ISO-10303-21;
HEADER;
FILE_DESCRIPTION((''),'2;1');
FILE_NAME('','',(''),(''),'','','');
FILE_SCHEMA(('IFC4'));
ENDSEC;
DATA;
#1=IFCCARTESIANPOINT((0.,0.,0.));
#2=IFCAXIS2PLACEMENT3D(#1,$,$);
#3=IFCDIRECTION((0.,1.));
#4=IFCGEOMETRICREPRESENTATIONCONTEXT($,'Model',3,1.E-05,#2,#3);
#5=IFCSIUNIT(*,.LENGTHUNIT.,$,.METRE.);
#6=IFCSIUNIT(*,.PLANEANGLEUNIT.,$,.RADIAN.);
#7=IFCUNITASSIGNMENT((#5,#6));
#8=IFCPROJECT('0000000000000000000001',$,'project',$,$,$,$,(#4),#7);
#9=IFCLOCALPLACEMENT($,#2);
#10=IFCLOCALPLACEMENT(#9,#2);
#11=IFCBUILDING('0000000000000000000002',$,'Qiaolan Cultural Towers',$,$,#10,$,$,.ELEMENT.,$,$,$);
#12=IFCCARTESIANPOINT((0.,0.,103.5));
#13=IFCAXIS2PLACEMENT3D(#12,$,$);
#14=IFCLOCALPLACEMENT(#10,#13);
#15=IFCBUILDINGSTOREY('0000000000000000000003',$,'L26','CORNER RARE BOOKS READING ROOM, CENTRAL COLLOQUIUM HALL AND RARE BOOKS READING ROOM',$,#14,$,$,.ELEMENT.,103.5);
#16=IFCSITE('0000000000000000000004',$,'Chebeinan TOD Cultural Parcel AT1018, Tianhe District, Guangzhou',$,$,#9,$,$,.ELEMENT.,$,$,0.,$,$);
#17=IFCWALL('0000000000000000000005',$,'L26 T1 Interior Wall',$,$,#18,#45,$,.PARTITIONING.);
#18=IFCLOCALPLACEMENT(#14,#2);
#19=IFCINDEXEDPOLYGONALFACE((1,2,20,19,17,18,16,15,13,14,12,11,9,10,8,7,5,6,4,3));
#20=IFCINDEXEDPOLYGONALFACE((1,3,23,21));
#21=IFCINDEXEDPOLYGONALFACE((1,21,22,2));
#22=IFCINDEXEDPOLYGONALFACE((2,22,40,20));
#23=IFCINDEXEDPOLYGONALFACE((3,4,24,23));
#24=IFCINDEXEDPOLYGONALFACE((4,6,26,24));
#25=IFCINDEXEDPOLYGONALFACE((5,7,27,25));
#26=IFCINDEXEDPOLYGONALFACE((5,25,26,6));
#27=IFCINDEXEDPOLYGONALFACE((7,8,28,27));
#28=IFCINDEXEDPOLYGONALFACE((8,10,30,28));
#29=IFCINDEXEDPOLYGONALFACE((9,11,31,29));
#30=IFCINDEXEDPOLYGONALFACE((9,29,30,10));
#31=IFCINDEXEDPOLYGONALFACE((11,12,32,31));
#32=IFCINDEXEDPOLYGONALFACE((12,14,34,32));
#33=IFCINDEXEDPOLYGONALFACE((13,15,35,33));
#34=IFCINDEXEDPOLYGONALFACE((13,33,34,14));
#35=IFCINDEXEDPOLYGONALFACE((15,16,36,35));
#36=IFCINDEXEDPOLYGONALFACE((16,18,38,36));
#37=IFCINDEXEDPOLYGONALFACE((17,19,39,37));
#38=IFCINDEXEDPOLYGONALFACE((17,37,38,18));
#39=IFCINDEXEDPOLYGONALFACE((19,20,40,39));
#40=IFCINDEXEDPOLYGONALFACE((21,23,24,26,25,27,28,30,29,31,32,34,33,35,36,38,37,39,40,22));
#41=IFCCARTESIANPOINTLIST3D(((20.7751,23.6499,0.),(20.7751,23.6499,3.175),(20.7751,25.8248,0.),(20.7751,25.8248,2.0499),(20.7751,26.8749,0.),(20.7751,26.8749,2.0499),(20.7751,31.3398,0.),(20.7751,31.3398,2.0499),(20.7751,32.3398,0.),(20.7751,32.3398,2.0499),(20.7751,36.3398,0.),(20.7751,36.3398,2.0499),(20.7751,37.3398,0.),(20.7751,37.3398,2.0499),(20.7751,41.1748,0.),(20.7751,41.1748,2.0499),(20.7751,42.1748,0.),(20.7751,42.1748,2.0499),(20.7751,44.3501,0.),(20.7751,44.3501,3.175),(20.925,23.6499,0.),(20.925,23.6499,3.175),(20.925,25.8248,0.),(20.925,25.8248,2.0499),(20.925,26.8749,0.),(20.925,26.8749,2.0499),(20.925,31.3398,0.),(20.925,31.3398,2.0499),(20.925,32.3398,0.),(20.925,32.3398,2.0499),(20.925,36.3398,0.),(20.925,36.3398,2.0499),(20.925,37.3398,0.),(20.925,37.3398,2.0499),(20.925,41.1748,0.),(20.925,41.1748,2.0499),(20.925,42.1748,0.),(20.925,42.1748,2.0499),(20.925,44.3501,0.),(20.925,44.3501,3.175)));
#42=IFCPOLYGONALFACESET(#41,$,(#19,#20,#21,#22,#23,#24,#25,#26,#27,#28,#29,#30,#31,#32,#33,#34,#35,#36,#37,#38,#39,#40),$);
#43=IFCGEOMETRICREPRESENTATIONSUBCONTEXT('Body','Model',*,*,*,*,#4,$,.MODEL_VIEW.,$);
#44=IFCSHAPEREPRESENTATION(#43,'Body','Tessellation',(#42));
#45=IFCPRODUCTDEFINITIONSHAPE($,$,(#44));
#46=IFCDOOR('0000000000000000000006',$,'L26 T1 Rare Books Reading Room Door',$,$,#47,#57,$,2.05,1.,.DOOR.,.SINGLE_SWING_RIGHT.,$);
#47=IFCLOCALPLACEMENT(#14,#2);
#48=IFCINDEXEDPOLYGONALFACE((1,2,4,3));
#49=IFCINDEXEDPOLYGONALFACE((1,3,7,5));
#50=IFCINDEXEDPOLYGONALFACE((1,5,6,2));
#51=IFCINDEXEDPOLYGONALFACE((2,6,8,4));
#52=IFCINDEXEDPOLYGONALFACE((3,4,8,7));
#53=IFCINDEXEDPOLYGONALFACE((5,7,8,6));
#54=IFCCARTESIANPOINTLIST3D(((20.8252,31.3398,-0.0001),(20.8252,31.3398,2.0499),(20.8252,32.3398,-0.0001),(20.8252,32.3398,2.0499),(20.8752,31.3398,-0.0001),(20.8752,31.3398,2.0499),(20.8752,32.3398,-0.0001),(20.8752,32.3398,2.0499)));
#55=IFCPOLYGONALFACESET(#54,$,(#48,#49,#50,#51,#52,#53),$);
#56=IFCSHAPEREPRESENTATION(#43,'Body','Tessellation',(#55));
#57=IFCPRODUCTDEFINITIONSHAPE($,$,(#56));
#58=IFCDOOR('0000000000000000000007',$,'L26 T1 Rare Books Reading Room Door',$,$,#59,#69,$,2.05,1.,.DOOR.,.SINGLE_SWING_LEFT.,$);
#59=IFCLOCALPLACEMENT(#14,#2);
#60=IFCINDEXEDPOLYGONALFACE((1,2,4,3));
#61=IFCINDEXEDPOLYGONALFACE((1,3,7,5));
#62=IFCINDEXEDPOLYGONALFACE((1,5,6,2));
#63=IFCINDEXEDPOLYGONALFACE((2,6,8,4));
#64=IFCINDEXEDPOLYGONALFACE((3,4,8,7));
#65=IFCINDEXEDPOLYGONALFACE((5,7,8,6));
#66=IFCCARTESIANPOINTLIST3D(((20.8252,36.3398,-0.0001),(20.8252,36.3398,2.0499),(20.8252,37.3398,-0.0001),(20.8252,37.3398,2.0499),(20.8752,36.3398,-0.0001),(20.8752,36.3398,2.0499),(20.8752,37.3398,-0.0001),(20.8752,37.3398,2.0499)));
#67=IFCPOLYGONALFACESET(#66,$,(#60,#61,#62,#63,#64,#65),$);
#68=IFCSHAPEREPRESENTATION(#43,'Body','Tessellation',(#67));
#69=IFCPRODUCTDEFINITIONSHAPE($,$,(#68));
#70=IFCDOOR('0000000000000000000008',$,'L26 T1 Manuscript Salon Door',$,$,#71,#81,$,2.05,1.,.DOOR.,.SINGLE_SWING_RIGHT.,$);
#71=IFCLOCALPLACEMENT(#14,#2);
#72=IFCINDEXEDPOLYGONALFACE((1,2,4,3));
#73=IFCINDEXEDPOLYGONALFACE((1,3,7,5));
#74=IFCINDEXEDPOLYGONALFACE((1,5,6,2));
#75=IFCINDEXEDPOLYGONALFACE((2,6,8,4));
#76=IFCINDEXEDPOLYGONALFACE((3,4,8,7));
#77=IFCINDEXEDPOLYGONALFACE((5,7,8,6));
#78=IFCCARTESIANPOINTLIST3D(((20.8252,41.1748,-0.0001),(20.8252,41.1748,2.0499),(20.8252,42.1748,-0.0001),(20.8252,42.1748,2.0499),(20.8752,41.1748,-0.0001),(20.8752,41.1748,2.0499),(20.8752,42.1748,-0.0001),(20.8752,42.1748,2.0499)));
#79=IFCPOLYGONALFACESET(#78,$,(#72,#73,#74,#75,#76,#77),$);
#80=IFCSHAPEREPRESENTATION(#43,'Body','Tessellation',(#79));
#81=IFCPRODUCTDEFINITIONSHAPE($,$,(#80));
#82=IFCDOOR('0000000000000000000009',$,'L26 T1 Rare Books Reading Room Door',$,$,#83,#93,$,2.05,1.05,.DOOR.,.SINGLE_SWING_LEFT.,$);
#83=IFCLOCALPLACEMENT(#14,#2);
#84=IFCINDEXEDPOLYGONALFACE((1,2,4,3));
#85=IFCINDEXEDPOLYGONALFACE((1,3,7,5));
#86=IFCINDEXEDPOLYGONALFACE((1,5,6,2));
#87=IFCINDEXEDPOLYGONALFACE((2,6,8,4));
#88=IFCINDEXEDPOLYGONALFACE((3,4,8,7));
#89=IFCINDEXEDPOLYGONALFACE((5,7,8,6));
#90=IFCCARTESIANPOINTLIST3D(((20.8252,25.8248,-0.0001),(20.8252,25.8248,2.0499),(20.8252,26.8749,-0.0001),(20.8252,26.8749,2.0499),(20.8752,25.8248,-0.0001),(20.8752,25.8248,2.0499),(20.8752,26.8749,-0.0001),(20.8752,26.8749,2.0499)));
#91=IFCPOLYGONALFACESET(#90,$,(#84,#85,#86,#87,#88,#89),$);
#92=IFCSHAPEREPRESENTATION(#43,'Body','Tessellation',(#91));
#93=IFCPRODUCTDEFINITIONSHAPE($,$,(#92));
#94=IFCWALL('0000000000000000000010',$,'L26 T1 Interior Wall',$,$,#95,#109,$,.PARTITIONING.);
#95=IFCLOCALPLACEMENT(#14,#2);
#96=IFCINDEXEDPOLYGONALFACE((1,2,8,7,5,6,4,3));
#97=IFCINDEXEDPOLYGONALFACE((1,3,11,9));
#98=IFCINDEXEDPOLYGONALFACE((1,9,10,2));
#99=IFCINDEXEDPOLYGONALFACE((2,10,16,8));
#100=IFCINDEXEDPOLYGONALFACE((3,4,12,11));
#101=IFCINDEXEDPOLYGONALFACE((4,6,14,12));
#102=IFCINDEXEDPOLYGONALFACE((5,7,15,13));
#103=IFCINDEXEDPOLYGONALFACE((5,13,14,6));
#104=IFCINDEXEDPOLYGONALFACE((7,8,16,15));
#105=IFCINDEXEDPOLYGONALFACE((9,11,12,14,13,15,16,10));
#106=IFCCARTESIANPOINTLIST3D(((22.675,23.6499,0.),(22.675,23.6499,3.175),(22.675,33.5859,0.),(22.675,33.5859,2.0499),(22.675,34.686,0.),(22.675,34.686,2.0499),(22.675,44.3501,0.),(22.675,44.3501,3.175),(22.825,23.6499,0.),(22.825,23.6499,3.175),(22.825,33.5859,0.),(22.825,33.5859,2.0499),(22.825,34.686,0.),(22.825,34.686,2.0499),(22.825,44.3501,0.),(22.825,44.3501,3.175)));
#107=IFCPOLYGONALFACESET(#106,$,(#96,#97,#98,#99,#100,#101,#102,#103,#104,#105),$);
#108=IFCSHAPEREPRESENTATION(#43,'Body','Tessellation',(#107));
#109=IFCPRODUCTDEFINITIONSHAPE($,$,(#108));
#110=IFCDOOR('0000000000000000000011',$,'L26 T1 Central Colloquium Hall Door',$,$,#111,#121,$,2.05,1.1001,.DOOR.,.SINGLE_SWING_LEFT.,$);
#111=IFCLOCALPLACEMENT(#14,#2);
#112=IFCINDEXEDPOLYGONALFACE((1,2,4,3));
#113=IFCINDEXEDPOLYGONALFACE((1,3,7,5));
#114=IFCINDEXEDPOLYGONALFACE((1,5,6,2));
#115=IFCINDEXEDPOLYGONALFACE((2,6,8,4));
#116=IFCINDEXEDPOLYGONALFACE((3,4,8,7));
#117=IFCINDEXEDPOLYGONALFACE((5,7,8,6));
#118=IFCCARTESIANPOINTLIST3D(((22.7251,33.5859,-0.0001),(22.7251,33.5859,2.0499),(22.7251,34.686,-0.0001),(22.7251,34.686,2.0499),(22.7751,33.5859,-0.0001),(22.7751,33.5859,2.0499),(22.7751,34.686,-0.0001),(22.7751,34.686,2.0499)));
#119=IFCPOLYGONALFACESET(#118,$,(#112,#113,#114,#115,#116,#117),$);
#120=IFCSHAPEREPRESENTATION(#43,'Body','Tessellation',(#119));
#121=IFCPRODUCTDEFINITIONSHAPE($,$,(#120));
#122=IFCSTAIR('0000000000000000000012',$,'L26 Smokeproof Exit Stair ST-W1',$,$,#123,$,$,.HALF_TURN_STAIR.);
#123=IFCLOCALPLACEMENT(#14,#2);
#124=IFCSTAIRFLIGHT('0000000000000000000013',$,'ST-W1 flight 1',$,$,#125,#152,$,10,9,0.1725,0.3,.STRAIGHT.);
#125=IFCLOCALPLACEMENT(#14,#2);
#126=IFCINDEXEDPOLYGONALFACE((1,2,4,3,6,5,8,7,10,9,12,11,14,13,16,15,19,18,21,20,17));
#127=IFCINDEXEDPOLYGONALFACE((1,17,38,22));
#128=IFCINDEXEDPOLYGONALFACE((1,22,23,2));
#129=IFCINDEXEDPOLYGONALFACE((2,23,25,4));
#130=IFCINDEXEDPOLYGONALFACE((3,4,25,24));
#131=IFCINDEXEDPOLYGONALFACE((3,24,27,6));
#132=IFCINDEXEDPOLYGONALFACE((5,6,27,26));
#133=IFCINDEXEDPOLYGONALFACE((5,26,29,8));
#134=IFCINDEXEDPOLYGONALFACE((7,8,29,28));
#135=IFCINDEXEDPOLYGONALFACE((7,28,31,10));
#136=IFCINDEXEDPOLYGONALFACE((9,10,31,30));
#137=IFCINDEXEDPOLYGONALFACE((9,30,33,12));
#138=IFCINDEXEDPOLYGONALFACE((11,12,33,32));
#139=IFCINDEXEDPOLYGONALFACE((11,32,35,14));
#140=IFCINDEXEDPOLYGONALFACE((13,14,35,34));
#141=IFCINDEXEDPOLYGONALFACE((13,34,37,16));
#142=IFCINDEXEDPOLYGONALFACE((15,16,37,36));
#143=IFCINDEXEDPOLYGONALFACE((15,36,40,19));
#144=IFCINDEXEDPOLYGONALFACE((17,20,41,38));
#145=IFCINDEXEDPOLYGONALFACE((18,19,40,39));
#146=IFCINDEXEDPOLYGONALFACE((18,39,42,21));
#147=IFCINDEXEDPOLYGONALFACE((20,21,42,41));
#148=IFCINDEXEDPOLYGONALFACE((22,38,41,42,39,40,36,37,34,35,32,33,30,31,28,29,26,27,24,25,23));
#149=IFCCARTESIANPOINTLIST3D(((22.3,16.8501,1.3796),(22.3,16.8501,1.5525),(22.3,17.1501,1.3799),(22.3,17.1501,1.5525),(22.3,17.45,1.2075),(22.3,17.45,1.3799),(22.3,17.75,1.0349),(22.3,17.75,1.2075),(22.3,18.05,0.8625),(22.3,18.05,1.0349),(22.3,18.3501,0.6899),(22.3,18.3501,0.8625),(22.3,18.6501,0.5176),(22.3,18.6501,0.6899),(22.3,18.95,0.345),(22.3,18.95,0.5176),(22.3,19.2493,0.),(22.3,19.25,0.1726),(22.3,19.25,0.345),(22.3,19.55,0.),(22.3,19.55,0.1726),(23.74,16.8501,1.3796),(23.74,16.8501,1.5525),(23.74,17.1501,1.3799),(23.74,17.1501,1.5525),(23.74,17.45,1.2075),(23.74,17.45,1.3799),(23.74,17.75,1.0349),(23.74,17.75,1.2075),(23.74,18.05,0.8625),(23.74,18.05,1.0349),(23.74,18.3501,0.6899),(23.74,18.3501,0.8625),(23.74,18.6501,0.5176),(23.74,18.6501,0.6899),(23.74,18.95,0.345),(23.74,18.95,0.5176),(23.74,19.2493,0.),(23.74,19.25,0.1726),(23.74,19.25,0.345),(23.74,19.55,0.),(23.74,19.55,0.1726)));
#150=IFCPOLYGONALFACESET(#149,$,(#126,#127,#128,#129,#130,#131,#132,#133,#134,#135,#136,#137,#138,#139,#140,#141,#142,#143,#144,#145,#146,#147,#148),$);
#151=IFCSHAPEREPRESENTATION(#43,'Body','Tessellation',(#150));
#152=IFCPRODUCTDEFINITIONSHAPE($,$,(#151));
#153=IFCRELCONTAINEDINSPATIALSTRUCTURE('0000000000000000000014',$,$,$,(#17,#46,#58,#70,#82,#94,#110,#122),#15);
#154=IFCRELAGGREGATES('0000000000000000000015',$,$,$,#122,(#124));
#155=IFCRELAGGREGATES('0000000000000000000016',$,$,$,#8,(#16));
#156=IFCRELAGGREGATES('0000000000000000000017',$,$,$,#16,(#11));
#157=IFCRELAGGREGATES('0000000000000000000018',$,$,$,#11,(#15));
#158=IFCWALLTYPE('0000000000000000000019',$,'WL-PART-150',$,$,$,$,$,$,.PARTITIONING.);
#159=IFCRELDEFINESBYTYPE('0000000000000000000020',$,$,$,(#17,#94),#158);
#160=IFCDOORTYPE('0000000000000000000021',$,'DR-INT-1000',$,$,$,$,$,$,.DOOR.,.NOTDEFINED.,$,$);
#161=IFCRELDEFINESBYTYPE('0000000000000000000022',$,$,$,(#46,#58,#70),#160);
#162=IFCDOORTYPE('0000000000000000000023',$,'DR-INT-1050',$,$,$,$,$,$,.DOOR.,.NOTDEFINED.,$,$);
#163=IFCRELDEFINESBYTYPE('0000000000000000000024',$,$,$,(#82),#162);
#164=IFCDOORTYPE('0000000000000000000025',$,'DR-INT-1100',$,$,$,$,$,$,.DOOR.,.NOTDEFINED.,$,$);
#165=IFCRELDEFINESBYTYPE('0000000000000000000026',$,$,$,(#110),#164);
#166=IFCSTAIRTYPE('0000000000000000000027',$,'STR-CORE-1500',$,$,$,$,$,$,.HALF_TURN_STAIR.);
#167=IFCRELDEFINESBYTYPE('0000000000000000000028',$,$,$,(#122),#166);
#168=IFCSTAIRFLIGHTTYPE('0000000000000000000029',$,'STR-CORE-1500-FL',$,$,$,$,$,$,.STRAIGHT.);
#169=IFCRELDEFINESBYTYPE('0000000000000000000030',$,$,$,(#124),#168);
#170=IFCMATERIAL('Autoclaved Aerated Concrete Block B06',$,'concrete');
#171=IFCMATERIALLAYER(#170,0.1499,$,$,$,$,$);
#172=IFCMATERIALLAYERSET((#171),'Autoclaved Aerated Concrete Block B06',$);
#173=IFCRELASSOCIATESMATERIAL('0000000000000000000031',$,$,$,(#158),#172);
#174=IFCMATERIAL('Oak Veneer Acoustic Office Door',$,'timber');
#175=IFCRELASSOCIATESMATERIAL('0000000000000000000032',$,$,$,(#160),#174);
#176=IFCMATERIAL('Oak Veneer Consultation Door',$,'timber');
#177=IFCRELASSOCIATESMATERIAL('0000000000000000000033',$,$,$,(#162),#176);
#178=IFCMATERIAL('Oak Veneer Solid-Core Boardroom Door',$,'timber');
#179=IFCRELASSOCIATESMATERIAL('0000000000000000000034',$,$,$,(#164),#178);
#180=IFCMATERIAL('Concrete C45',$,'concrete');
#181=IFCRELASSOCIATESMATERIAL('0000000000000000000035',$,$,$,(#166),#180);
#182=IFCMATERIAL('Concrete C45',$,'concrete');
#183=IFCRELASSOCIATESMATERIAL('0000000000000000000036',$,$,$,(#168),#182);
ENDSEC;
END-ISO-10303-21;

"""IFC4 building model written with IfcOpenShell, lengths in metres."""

from ifc_helpers import new_model, si_unit, direction, frame, frame_2d, origin, place, context, subcontext, project, spatial, polyline, rectangle, outline, extrude, material, layer, layer_set, type_object, element, fill, aggregate, save


model = new_model("IFC4")

# Units and contexts
model_context = context("Model", 3, precision=1e-05, world=origin(), true_north=direction((0.0, 1.0)))
body_context = subcontext(model_context, "Body", "Model", "MODEL_VIEW")
ifc_project = project(units=[si_unit("LENGTHUNIT", "METRE"), si_unit("PLANEANGLEUNIT", "RADIAN")], contexts=[model_context])

# Site, building, storey
site_placement = place(None, origin())
site = spatial("IfcSite", under=ifc_project, at=site_placement, Name="Chebeinan TOD Cultural Parcel AT1018, Tianhe District, Guangzhou", CompositionType="ELEMENT", RefElevation=0.0)
building_placement = place(site_placement, origin())
building = spatial("IfcBuilding", under=site, at=building_placement, Name="Qiaolan Cultural Towers", CompositionType="ELEMENT")
storey_placement = place(building_placement, frame((0.0, 0.0, 103.5)))
storey = spatial("IfcBuildingStorey", under=building, at=storey_placement, Name="L26", Description="CORNER RARE BOOKS READING ROOM, CENTRAL COLLOQUIUM HALL AND RARE BOOKS READING ROOM", CompositionType="ELEMENT", Elevation=103.5)

# Shared definitions
ifc_material_1 = material(Name="Autoclaved Aerated Concrete Block B06", Category="concrete")
ifc_layer_1 = layer(ifc_material_1, 0.1499)
ifc_layer_set_1 = layer_set([ifc_layer_1], Name="Autoclaved Aerated Concrete Block B06")
wall_type_1 = type_object("IfcWallType", Name="WL-PART-150", PredefinedType="PARTITIONING", material=ifc_layer_set_1)
ifc_material_2 = material(Name="Oak Veneer Acoustic Office Door", Category="timber")
door_type_1 = type_object("IfcDoorType", Name="DR-INT-1000", OperationType="NOTDEFINED", PredefinedType="DOOR", material=ifc_material_2)

# Wall, openings, doors
wall_1_placement = place(storey_placement, frame((20.8501, 23.6499, 0.0), z_axis=(0.0, 0.0, 1.0), x_axis=(0.0, 1.0, 0.0)))
wall_1 = element("IfcWall", 1, at=wall_1_placement, inside=storey, type_object=wall_type_1, Name="L26 T1 Interior Wall", PredefinedType="PARTITIONING", context=body_context, shape_type="SweptSolid", body=[
    extrude(rectangle(XDim=20.7002, YDim=0.1499, at=frame_2d((10.3501, 0.0))), origin(), (0.0, 0.0, 1.0), 3.175),
])
opening_1_placement = place(wall_1_placement, frame((2.175, 0.0, 0.0)))
opening_1 = element("IfcOpeningElement", 2, at=opening_1_placement, cuts=wall_1, PredefinedType="OPENING", context=body_context, shape_type="SweptSolid", body=[
    extrude(rectangle(XDim=1.05, YDim=2.05, at=frame_2d((0.5249, 1.0249))), frame((0.0, 0.085, 0.0), z_axis=(0.0, -1.0, 0.0), x_axis=(1.0, 0.0, 0.0)), (0.0, 0.0, 1.0), 0.1699),
])
opening_2_placement = place(wall_1_placement, frame((7.6899, 0.0, 0.0)))
opening_2 = element("IfcOpeningElement", 3, at=opening_2_placement, cuts=wall_1, PredefinedType="OPENING", context=body_context, shape_type="SweptSolid", body=[
    extrude(rectangle(XDim=1.0, YDim=2.05, at=frame_2d((0.5, 1.0249))), frame((0.0, 0.085, 0.0), z_axis=(0.0, -1.0, 0.0), x_axis=(1.0, 0.0, 0.0)), (0.0, 0.0, 1.0), 0.1699),
])
opening_3_placement = place(wall_1_placement, frame((12.6899, 0.0, 0.0)))
opening_3 = element("IfcOpeningElement", 4, at=opening_3_placement, cuts=wall_1, PredefinedType="OPENING", context=body_context, shape_type="SweptSolid", body=[
    extrude(rectangle(XDim=1.0, YDim=2.05, at=frame_2d((0.5, 1.0249))), frame((0.0, 0.085, 0.0), z_axis=(0.0, -1.0, 0.0), x_axis=(1.0, 0.0, 0.0)), (0.0, 0.0, 1.0), 0.1699),
])
opening_4_placement = place(wall_1_placement, frame((17.5249, 0.0, 0.0)))
opening_4 = element("IfcOpeningElement", 5, at=opening_4_placement, cuts=wall_1, PredefinedType="OPENING", context=body_context, shape_type="SweptSolid", body=[
    extrude(rectangle(XDim=1.0, YDim=2.05, at=frame_2d((0.5, 1.0249))), frame((0.0, 0.085, 0.0), z_axis=(0.0, -1.0, 0.0), x_axis=(1.0, 0.0, 0.0)), (0.0, 0.0, 1.0), 0.1699),
])
door_1_placement = place(opening_2_placement, origin())
door_1 = element("IfcDoor", 6, at=door_1_placement, inside=storey, type_object=door_type_1, Name="L26 T1 Rare Books Reading Room Door", OperationType="SINGLE_SWING_RIGHT", OverallHeight=2.05, OverallWidth=1.0, PredefinedType="DOOR", context=body_context, shape_type="SweptSolid", body=[
    extrude(rectangle(XDim=1.0, YDim=2.05, at=frame_2d((0.5, 1.0249))), frame((0.0, 0.0249, 0.0), z_axis=(0.0, -1.0, 0.0), x_axis=(1.0, 0.0, 0.0)), (0.0, 0.0, 1.0), 0.05),
])
fill(opening_2, door_1)
door_2_placement = place(opening_3_placement, origin())
door_2 = element("IfcDoor", 7, at=door_2_placement, inside=storey, type_object=door_type_1, Name="L26 T1 Rare Books Reading Room Door", OperationType="SINGLE_SWING_LEFT", OverallHeight=2.05, OverallWidth=1.0, PredefinedType="DOOR", context=body_context, shape_type="SweptSolid", body=[
    extrude(rectangle(XDim=1.0, YDim=2.05, at=frame_2d((0.5, 1.0249))), frame((0.0, 0.0249, 0.0), z_axis=(0.0, -1.0, 0.0), x_axis=(1.0, 0.0, 0.0)), (0.0, 0.0, 1.0), 0.05),
])
fill(opening_3, door_2)
door_3_placement = place(opening_4_placement, origin())
door_3 = element("IfcDoor", 8, at=door_3_placement, inside=storey, type_object=door_type_1, Name="L26 T1 Manuscript Salon Door", OperationType="SINGLE_SWING_RIGHT", OverallHeight=2.05, OverallWidth=1.0, PredefinedType="DOOR", context=body_context, shape_type="SweptSolid", body=[
    extrude(rectangle(XDim=1.0, YDim=2.05, at=frame_2d((0.5, 1.0249))), frame((0.0, 0.0249, 0.0), z_axis=(0.0, -1.0, 0.0), x_axis=(1.0, 0.0, 0.0)), (0.0, 0.0, 1.0), 0.05),
])
fill(opening_4, door_3)
ifc_material_3 = material(Name="Oak Veneer Consultation Door", Category="timber")
door_type_2 = type_object("IfcDoorType", Name="DR-INT-1050", OperationType="NOTDEFINED", PredefinedType="DOOR", material=ifc_material_3)
door_4_placement = place(opening_1_placement, origin())
door_4 = element("IfcDoor", 9, at=door_4_placement, inside=storey, type_object=door_type_2, Name="L26 T1 Rare Books Reading Room Door", OperationType="SINGLE_SWING_LEFT", OverallHeight=2.05, OverallWidth=1.05, PredefinedType="DOOR", context=body_context, shape_type="SweptSolid", body=[
    extrude(rectangle(XDim=1.05, YDim=2.05, at=frame_2d((0.5249, 1.0249))), frame((0.0, 0.0249, 0.0), z_axis=(0.0, -1.0, 0.0), x_axis=(1.0, 0.0, 0.0)), (0.0, 0.0, 1.0), 0.05),
])
fill(opening_1, door_4)

# Wall, opening, door
wall_2_placement = place(storey_placement, frame((22.75, 23.6499, 0.0), z_axis=(0.0, 0.0, 1.0), x_axis=(0.0, 1.0, 0.0)))
wall_2 = element("IfcWall", 10, at=wall_2_placement, inside=storey, type_object=wall_type_1, Name="L26 T1 Interior Wall", PredefinedType="PARTITIONING", context=body_context, shape_type="SweptSolid", body=[
    extrude(rectangle(XDim=20.7002, YDim=0.1499, at=frame_2d((10.3501, 0.0))), origin(), (0.0, 0.0, 1.0), 3.175),
])
opening_5_placement = place(wall_2_placement, frame((9.936, 0.0, 0.0)))
opening_5 = element("IfcOpeningElement", 11, at=opening_5_placement, cuts=wall_2, PredefinedType="OPENING", context=body_context, shape_type="SweptSolid", body=[
    extrude(rectangle(XDim=1.1001, YDim=2.05, at=frame_2d((0.55, 1.0249))), frame((0.0, 0.085, 0.0), z_axis=(0.0, -1.0, 0.0), x_axis=(1.0, 0.0, 0.0)), (0.0, 0.0, 1.0), 0.1699),
])
ifc_material_4 = material(Name="Oak Veneer Solid-Core Boardroom Door", Category="timber")
door_type_3 = type_object("IfcDoorType", Name="DR-INT-1100", OperationType="NOTDEFINED", PredefinedType="DOOR", material=ifc_material_4)
door_5_placement = place(opening_5_placement, origin())
door_5 = element("IfcDoor", 12, at=door_5_placement, inside=storey, type_object=door_type_3, Name="L26 T1 Central Colloquium Hall Door", OperationType="SINGLE_SWING_LEFT", OverallHeight=2.05, OverallWidth=1.1001, PredefinedType="DOOR", context=body_context, shape_type="SweptSolid", body=[
    extrude(rectangle(XDim=1.1001, YDim=2.05, at=frame_2d((0.55, 1.0249))), frame((0.0, 0.0249, 0.0), z_axis=(0.0, -1.0, 0.0), x_axis=(1.0, 0.0, 0.0)), (0.0, 0.0, 1.0), 0.05),
])
fill(opening_5, door_5)

# Stair, stair flight
ifc_material_5 = material(Name="Concrete C45", Category="concrete")
stair_type = type_object("IfcStairType", Name="STR-CORE-1500", PredefinedType="HALF_TURN_STAIR", material=ifc_material_5)
stair_placement = place(storey_placement, origin())
stair = element("IfcStair", 13, at=stair_placement, inside=storey, type_object=stair_type, Name="L26 Smokeproof Exit Stair ST-W1", PredefinedType="HALF_TURN_STAIR")
ifc_material_6 = material(Name="Concrete C45", Category="concrete")
stair_flight_type = type_object("IfcStairFlightType", Name="STR-CORE-1500-FL", PredefinedType="STRAIGHT", material=ifc_material_6)
stair_flight_placement = place(storey_placement, frame((23.02, 19.55, 0.0), z_axis=(0.0, 0.0, 1.0), x_axis=(0.0, -1.0, 0.0)))
stair_flight = element("IfcStairFlight", 14, at=stair_flight_placement, type_object=stair_flight_type, Name="ST-W1 flight 1", NumberOfRisers=10, NumberOfTreads=9, PredefinedType="STRAIGHT", RiserHeight=0.1725, TreadLength=0.3, context=body_context, shape_type="SweptSolid", body=[
    extrude(outline(polyline([(0.0, 0.0), (0.0, 0.1726), (0.3, 0.1726), (0.3, 0.345), (0.6001, 0.345), (0.6001, 0.5176), (0.8999, 0.5176), (0.8999, 0.6899), (1.2, 0.6899), (1.2, 0.8625), (1.5, 0.8625), (1.5, 1.0349), (1.8, 1.0349), (1.8, 1.2075), (2.1001, 1.2075), (2.1001, 1.3799), (2.3999, 1.3799), (2.3999, 1.5525), (2.7, 1.5525), (2.7, 1.7251), (2.7, 1.3796), (0.3008, 0.0), (0.0, 0.0)])), frame((0.0, 0.72, 0.0), z_axis=(0.0, -1.0, 0.0), x_axis=(1.0, 0.0, 0.0)), (0.0, 0.0, 1.0), 1.4399),
])
aggregate(stair, [stair_flight])

save(model, "model.ifc")
